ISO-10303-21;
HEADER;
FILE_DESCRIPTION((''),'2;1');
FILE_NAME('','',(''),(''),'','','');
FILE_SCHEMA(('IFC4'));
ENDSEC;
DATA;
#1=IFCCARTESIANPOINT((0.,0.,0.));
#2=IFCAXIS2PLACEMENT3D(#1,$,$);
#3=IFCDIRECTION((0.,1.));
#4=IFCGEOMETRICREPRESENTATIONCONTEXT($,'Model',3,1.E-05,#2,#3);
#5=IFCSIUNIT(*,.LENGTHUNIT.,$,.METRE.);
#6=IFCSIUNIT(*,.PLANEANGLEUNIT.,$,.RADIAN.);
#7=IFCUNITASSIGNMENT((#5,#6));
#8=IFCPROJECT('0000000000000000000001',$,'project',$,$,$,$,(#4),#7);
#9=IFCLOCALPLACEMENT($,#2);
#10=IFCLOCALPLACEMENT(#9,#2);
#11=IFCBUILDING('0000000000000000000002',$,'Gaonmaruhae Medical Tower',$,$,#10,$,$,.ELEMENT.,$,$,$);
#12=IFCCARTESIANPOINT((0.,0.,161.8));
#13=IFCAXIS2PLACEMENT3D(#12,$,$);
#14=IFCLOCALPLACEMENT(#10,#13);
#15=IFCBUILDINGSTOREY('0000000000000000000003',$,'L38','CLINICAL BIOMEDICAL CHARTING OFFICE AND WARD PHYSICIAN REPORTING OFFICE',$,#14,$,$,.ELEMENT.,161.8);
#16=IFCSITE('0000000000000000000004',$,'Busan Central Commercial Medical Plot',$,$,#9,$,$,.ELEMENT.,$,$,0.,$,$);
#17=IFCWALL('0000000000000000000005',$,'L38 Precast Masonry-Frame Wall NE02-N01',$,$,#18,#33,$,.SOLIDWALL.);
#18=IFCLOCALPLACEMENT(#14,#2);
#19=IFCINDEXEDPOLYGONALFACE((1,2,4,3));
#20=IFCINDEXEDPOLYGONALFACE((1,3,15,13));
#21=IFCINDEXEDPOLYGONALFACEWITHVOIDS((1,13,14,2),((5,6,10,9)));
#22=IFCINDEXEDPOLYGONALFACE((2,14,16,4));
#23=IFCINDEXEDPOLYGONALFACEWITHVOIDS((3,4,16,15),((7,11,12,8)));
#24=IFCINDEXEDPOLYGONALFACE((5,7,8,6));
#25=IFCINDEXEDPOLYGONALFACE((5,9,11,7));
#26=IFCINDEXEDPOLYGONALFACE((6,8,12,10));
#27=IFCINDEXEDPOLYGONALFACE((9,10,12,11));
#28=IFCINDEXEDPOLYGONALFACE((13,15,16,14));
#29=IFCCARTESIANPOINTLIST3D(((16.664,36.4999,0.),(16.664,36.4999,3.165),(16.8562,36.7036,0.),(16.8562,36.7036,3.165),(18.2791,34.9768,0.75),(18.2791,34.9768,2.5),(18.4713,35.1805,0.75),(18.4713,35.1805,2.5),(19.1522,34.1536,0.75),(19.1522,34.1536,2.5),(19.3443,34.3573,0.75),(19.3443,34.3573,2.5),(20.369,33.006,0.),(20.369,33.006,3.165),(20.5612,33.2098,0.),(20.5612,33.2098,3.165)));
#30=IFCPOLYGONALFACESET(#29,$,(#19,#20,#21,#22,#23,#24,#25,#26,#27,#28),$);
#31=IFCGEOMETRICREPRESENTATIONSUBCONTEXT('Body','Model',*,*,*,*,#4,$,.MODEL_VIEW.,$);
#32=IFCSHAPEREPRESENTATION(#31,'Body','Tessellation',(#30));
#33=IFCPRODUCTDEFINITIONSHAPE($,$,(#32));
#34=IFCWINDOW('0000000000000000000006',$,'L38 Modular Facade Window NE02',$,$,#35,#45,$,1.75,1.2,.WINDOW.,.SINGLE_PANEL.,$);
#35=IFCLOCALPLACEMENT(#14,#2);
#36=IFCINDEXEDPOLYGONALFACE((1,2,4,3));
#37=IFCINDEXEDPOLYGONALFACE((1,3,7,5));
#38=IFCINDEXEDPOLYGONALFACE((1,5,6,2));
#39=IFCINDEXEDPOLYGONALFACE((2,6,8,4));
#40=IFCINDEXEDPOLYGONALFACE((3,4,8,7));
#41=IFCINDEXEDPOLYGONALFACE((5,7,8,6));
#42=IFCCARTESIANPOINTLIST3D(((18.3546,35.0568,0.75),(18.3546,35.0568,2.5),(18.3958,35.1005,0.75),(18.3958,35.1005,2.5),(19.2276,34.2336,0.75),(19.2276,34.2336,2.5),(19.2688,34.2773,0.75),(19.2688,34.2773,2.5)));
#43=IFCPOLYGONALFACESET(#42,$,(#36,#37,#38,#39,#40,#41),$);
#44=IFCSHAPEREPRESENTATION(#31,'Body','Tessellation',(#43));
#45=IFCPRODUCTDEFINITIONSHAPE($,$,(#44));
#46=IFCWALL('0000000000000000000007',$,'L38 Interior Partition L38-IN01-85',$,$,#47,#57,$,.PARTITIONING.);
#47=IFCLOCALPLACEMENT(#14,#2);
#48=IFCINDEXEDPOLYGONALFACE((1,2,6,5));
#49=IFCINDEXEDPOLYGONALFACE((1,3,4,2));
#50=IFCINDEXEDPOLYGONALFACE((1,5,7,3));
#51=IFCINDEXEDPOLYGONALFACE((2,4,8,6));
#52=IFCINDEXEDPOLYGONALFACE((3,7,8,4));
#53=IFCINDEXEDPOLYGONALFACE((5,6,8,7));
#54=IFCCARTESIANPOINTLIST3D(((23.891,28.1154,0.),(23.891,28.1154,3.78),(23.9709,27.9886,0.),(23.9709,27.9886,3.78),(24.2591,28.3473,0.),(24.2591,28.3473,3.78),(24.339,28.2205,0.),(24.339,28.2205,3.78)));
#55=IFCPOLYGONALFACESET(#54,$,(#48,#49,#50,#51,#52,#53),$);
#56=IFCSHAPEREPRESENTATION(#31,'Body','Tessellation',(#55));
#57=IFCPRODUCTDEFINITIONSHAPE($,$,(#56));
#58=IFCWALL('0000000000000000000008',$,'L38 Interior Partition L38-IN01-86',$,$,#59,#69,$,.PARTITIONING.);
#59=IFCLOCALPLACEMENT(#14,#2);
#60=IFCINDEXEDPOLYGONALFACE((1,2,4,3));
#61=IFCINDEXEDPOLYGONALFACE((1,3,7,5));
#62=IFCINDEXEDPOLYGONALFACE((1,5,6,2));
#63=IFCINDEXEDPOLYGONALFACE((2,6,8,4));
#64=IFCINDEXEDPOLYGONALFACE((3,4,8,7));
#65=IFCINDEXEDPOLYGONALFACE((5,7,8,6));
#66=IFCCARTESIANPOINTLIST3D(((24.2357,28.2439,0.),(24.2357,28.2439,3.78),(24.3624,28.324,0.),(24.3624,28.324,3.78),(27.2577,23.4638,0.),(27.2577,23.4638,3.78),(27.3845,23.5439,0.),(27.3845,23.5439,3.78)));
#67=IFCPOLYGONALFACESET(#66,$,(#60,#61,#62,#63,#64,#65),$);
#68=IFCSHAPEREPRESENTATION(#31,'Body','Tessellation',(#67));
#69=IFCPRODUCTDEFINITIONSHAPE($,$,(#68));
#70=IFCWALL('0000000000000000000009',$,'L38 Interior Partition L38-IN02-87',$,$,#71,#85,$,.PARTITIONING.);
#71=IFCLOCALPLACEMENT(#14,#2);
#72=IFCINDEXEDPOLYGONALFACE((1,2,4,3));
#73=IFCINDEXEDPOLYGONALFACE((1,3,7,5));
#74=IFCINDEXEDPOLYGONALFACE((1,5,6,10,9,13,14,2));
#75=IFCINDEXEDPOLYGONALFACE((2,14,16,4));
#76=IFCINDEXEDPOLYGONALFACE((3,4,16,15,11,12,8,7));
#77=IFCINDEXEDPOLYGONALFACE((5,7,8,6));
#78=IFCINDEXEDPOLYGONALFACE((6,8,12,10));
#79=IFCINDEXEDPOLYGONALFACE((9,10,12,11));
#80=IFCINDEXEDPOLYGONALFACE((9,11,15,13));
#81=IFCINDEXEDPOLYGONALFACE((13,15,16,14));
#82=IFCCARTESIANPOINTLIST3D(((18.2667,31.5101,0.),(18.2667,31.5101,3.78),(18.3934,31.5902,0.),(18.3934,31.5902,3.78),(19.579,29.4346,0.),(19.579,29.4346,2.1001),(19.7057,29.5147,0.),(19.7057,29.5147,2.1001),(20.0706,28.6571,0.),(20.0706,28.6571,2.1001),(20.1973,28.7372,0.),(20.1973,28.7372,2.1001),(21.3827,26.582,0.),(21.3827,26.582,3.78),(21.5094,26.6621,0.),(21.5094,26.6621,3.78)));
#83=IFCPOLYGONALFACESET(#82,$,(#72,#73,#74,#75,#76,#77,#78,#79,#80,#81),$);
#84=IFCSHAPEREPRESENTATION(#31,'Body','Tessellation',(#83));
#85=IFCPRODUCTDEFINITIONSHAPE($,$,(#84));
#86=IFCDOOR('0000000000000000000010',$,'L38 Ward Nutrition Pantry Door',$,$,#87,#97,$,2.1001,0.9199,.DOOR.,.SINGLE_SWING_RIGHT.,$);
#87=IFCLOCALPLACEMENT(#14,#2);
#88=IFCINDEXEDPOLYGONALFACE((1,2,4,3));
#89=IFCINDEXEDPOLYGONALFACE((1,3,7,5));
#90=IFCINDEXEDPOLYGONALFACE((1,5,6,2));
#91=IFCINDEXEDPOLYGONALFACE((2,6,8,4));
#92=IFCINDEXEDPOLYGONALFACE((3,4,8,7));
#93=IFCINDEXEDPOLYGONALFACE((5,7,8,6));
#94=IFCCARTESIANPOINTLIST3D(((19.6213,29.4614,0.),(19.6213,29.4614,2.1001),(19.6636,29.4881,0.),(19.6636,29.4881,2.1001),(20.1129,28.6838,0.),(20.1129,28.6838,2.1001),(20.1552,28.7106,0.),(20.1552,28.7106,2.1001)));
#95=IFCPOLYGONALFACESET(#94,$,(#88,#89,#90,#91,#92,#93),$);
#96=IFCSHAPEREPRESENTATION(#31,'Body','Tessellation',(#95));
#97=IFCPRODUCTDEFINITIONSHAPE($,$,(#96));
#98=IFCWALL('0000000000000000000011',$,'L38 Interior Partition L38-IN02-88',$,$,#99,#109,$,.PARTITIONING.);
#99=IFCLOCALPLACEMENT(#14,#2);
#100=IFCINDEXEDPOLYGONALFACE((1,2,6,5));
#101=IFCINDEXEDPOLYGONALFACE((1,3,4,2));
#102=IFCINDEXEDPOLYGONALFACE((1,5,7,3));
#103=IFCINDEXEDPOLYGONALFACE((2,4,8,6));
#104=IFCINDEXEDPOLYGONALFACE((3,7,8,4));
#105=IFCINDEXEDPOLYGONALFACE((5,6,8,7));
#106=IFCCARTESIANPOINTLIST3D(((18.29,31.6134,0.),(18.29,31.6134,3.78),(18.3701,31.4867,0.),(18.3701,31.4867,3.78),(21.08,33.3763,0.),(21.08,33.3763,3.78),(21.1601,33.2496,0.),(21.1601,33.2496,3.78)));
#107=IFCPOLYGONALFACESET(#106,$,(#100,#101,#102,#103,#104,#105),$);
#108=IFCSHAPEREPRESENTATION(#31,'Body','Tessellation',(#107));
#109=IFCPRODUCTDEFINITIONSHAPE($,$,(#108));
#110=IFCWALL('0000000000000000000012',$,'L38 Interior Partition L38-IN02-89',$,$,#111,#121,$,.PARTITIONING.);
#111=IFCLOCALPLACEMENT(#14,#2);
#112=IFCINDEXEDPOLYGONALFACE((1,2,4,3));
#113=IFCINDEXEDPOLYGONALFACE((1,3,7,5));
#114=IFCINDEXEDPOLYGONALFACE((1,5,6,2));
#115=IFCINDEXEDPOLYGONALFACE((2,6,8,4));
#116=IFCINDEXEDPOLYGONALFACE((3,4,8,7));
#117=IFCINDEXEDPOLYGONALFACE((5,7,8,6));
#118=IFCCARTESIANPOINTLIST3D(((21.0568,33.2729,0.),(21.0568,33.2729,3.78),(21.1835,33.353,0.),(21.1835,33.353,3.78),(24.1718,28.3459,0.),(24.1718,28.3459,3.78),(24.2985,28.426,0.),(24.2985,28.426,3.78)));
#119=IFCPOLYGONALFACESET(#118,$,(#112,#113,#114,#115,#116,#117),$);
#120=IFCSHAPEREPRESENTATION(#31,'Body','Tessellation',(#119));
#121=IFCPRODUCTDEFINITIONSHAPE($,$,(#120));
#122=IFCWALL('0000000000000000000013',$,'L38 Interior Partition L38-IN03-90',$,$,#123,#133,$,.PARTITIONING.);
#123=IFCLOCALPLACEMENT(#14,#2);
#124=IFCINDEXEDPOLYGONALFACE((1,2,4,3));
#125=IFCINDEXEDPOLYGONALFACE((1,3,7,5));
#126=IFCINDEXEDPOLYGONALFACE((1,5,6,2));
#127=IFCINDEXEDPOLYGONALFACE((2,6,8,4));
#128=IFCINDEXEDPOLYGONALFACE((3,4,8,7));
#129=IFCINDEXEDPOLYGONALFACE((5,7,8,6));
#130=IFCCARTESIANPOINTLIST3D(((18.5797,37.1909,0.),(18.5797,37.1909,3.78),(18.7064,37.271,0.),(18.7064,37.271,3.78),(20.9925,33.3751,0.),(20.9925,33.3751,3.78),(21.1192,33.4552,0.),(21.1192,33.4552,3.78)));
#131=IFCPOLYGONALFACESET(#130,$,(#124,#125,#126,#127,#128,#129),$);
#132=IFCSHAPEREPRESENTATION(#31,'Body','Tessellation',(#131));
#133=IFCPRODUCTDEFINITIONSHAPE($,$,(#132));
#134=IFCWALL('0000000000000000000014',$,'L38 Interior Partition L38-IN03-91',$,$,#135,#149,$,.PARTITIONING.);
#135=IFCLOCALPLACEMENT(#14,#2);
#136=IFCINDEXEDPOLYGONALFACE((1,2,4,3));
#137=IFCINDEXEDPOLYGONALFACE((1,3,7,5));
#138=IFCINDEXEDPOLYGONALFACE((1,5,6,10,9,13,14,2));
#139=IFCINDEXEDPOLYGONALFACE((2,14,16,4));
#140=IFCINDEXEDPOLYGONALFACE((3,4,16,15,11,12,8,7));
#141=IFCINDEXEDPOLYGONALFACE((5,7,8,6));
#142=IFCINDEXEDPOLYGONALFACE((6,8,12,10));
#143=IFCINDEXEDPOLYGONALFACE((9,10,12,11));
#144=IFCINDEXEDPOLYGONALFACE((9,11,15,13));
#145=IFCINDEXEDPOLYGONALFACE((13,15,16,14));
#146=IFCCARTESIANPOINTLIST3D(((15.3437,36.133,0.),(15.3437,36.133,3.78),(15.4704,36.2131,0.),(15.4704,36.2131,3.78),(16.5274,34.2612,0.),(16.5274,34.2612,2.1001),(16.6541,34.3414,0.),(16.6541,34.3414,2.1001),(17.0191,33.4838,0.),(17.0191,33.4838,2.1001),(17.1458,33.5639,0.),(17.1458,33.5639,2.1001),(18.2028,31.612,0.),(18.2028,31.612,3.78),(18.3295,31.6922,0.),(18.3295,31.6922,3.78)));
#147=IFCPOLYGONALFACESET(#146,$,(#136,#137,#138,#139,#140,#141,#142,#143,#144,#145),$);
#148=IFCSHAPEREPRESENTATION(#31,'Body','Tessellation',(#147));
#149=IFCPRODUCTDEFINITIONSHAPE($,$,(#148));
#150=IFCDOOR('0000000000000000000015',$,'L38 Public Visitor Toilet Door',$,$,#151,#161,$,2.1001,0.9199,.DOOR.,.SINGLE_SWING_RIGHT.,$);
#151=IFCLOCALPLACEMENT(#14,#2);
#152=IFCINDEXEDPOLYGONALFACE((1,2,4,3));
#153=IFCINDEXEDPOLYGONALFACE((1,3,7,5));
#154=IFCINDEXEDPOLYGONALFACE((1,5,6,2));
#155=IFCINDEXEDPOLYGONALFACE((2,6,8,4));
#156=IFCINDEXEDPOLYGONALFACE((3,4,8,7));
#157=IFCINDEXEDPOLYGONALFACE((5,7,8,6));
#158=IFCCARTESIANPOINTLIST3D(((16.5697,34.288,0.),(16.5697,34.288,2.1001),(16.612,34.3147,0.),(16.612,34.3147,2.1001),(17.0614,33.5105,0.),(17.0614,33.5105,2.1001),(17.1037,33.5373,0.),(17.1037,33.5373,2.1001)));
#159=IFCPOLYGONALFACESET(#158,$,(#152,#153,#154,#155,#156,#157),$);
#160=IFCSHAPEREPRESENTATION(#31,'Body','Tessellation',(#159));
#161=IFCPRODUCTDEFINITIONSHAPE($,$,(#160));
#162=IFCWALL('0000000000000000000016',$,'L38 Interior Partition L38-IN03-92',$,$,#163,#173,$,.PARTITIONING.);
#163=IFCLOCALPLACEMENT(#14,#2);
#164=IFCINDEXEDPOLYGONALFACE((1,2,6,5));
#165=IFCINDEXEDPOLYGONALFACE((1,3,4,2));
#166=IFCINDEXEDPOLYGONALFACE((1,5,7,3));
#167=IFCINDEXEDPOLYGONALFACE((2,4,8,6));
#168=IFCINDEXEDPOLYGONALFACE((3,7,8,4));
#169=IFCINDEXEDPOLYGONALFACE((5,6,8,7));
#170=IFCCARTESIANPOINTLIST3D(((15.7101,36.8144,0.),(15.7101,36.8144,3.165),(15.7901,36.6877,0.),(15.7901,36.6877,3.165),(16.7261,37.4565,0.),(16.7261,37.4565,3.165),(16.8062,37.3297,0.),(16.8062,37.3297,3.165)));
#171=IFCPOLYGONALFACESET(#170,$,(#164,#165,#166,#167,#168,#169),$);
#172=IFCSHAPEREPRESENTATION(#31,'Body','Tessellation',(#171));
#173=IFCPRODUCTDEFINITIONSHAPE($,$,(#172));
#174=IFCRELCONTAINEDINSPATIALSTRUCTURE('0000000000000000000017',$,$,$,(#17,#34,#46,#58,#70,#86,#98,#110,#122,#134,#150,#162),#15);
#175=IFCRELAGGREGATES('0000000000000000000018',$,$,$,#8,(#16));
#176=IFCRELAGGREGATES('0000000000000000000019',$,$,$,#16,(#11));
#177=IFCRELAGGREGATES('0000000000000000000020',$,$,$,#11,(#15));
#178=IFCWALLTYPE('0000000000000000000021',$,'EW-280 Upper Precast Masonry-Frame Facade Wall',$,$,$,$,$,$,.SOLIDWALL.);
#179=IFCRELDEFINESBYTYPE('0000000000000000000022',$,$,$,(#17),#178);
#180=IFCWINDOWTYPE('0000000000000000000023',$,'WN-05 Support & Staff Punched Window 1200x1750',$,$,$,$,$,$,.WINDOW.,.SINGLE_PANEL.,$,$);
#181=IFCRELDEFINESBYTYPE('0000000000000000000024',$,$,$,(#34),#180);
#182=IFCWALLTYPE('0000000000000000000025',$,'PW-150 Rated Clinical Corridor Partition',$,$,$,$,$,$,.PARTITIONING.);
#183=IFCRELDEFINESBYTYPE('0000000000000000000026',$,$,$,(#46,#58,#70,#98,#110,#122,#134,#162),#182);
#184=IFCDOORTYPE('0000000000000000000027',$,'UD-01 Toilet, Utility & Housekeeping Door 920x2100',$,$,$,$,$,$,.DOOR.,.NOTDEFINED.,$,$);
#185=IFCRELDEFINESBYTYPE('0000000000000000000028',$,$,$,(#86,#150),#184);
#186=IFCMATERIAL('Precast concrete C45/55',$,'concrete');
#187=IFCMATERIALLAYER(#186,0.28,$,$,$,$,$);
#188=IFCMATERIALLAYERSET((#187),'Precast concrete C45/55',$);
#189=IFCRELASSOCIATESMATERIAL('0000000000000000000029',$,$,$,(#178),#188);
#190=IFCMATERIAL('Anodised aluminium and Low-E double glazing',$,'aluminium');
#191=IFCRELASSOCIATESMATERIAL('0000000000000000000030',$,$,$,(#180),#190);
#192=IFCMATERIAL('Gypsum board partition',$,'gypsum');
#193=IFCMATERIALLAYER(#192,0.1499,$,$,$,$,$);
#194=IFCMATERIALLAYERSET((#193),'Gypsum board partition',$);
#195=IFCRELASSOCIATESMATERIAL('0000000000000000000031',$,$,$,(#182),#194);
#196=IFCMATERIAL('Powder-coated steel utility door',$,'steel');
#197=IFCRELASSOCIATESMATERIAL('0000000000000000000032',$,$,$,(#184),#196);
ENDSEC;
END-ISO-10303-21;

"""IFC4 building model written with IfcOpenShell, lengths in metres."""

from ifc_helpers import new_model, si_unit, direction, frame, frame_2d, origin, place, context, subcontext, project, spatial, rectangle, extrude, material, layer, layer_set, type_object, element, fill, save


model = new_model("IFC4")

# Units and contexts
model_context = context("Model", 3, precision=1e-05, world=origin(), true_north=direction((0.0, 1.0)))
body_context = subcontext(model_context, "Body", "Model", "MODEL_VIEW")
ifc_project = project(units=[si_unit("LENGTHUNIT", "METRE"), si_unit("PLANEANGLEUNIT", "RADIAN")], contexts=[model_context])

# Site, building, storey
site_placement = place(None, origin())
site = spatial("IfcSite", under=ifc_project, at=site_placement, Name="Busan Central Commercial Medical Plot", CompositionType="ELEMENT", RefElevation=0.0)
building_placement = place(site_placement, origin())
building = spatial("IfcBuilding", under=site, at=building_placement, Name="Gaonmaruhae Medical Tower", CompositionType="ELEMENT")
storey_placement = place(building_placement, frame((0.0, 0.0, 161.8)))
storey = spatial("IfcBuildingStorey", under=building, at=storey_placement, Name="L38", Description="CLINICAL BIOMEDICAL CHARTING OFFICE AND WARD PHYSICIAN REPORTING OFFICE", CompositionType="ELEMENT", Elevation=161.8)

# Wall, opening, window
ifc_material_1 = material(Name="Precast concrete C45/55", Category="concrete")
ifc_layer_1 = layer(ifc_material_1, 0.28)
ifc_layer_set_1 = layer_set([ifc_layer_1], Name="Precast concrete C45/55")
wall_type_1 = type_object("IfcWallType", Name="EW-280 Upper Precast Masonry-Frame Facade Wall", PredefinedType="SOLIDWALL", material=ifc_layer_set_1)
ifc_material_2 = material(Name="Anodised aluminium and Low-E double glazing", Category="aluminium")
wall_1_placement = place(storey_placement, frame((16.76, 36.6018, 0.0), z_axis=(0.0, 0.0, 1.0), x_axis=(0.727537, -0.686069, 0.0)))
wall_1 = element("IfcWall", 1, at=wall_1_placement, inside=storey, type_object=wall_type_1, Name="L38 Precast Masonry-Frame Wall NE02-N01", PredefinedType="SOLIDWALL", context=body_context, shape_type="SweptSolid", body=[
    extrude(rectangle(XDim=5.0925, YDim=0.28, at=frame_2d((2.5464, 0.0))), origin(), (0.0, 0.0, 1.0), 3.165),
])
opening_1_placement = place(wall_1_placement, frame((2.22, 0.0, 0.75)))
opening_1 = element("IfcOpeningElement", 2, at=opening_1_placement, cuts=wall_1, PredefinedType="OPENING", context=body_context, shape_type="SweptSolid", body=[
    extrude(rectangle(XDim=1.2, YDim=1.75, at=frame_2d((0.6001, 0.875))), frame((0.0, 0.1499, 0.0), z_axis=(0.0, -1.0, 0.0), x_axis=(1.0, 0.0, 0.0)), (0.0, 0.0, 1.0), 0.3),
])
window_type_1 = type_object("IfcWindowType", Name="WN-05 Support & Staff Punched Window 1200x1750", PartitioningType="SINGLE_PANEL", PredefinedType="WINDOW", material=ifc_material_2)
window_1_placement = place(opening_1_placement, origin())
window_1 = element("IfcWindow", 3, at=window_1_placement, inside=storey, type_object=window_type_1, Name="L38 Modular Facade Window NE02", OverallHeight=1.75, OverallWidth=1.2, PartitioningType="SINGLE_PANEL", PredefinedType="WINDOW", context=body_context, shape_type="SweptSolid", body=[
    extrude(rectangle(XDim=1.2, YDim=1.75, at=frame_2d((0.6001, 0.875))), frame((0.0, 0.03, 0.0), z_axis=(0.0, -1.0, 0.0), x_axis=(1.0, 0.0, 0.0)), (0.0, 0.0, 1.0), 0.0601),
])
fill(opening_1, window_1)

# Walls
ifc_material_3 = material(Name="Gypsum board partition", Category="gypsum")
ifc_layer_2 = layer(ifc_material_3, 0.1499)
ifc_layer_set_2 = layer_set([ifc_layer_2], Name="Gypsum board partition")
wall_type_2 = type_object("IfcWallType", Name="PW-150 Rated Clinical Corridor Partition", PredefinedType="PARTITIONING", material=ifc_layer_set_2)
wall_2_placement = place(storey_placement, frame((23.9309, 28.052, 0.0), z_axis=(0.0, 0.0, 1.0), x_axis=(0.846102, 0.533022, 0.0)))
element("IfcWall", 4, at=wall_2_placement, inside=storey, type_object=wall_type_2, Name="L38 Interior Partition L38-IN01-85", PredefinedType="PARTITIONING", context=body_context, shape_type="SweptSolid", body=[
    extrude(rectangle(XDim=0.4351, YDim=0.1499, at=frame_2d((0.2175, 0.0))), origin(), (0.0, 0.0, 1.0), 3.78),
])
wall_3_placement = place(storey_placement, frame((24.2991, 28.2839, 0.0), z_axis=(0.0, 0.0, 1.0), x_axis=(0.534373, -0.845249, 0.0)))
element("IfcWall", 5, at=wall_3_placement, inside=storey, type_object=wall_type_2, Name="L38 Interior Partition L38-IN01-86", PredefinedType="PARTITIONING", context=body_context, shape_type="SweptSolid", body=[
    extrude(rectangle(XDim=5.6553, YDim=0.1499, at=frame_2d((2.8276, 0.0))), origin(), (0.0, 0.0, 1.0), 3.78),
])

# Wall, opening, door
wall_4_placement = place(storey_placement, frame((21.446, 26.6221, 0.0), z_axis=(0.0, 0.0, 1.0), x_axis=(-0.534429, 0.845213, 0.0)))
wall_4 = element("IfcWall", 6, at=wall_4_placement, inside=storey, type_object=wall_type_2, Name="L38 Interior Partition L38-IN02-87", PredefinedType="PARTITIONING", context=body_context, shape_type="SweptSolid", body=[
    extrude(rectangle(XDim=5.8306, YDim=0.1499, at=frame_2d((2.9153, 0.0))), origin(), (0.0, 0.0, 1.0), 3.78),
])
opening_2_placement = place(wall_4_placement, frame((2.4551, 0.0, 0.0)))
opening_2 = element("IfcOpeningElement", 7, at=opening_2_placement, cuts=wall_4, PredefinedType="OPENING", context=body_context, shape_type="SweptSolid", body=[
    extrude(rectangle(XDim=0.9199, YDim=2.1001, at=frame_2d((0.46, 1.05))), frame((0.0, 0.085, 0.0), z_axis=(0.0, -1.0, 0.0), x_axis=(1.0, 0.0, 0.0)), (0.0, 0.0, 1.0), 0.1699),
])
ifc_material_4 = material(Name="Powder-coated steel utility door", Category="steel")
door_type = type_object("IfcDoorType", Name="UD-01 Toilet, Utility & Housekeeping Door 920x2100", OperationType="NOTDEFINED", PredefinedType="DOOR", material=ifc_material_4)
door_1_placement = place(opening_2_placement, origin())
door_1 = element("IfcDoor", 8, at=door_1_placement, inside=storey, type_object=door_type, Name="L38 Ward Nutrition Pantry Door", OperationType="SINGLE_SWING_RIGHT", OverallHeight=2.1001, OverallWidth=0.9199, PredefinedType="DOOR", context=body_context, shape_type="SweptSolid", body=[
    extrude(rectangle(XDim=0.9199, YDim=2.1001, at=frame_2d((0.46, 1.05))), frame((0.0, 0.0249, 0.0), z_axis=(0.0, -1.0, 0.0), x_axis=(1.0, 0.0, 0.0)), (0.0, 0.0, 1.0), 0.05),
])
fill(opening_2, door_1)

# Walls
wall_5_placement = place(storey_placement, frame((18.3301, 31.55, 0.0), z_axis=(0.0, 0.0, 1.0), x_axis=(0.845378, 0.534168, 0.0)))
element("IfcWall", 9, at=wall_5_placement, inside=storey, type_object=wall_type_2, Name="L38 Interior Partition L38-IN02-88", PredefinedType="PARTITIONING", context=body_context, shape_type="SweptSolid", body=[
    extrude(rectangle(XDim=3.3003, YDim=0.1499, at=frame_2d((1.6501, 0.0))), origin(), (0.0, 0.0, 1.0), 3.78),
])
wall_6_placement = place(storey_placement, frame((21.1201, 33.313, 0.0), z_axis=(0.0, 0.0, 1.0), x_axis=(0.534385, -0.845241, 0.0)))
element("IfcWall", 10, at=wall_6_placement, inside=storey, type_object=wall_type_2, Name="L38 Interior Partition L38-IN02-89", PredefinedType="PARTITIONING", context=body_context, shape_type="SweptSolid", body=[
    extrude(rectangle(XDim=5.8291, YDim=0.1499, at=frame_2d((2.9146, 0.0))), origin(), (0.0, 0.0, 1.0), 3.78),
])
wall_7_placement = place(storey_placement, frame((18.6431, 37.231, 0.0), z_axis=(0.0, 0.0, 1.0), x_axis=(0.534434, -0.84521, 0.0)))
element("IfcWall", 11, at=wall_7_placement, inside=storey, type_object=wall_type_2, Name="L38 Interior Partition L38-IN03-90", PredefinedType="PARTITIONING", context=body_context, shape_type="SweptSolid", body=[
    extrude(rectangle(XDim=4.5146, YDim=0.1499, at=frame_2d((2.2573, 0.0))), origin(), (0.0, 0.0, 1.0), 3.78),
])

# Wall, opening, door
wall_8_placement = place(storey_placement, frame((18.2661, 31.6521, 0.0), z_axis=(0.0, 0.0, 1.0), x_axis=(-0.534496, 0.845171, 0.0)))
wall_8 = element("IfcWall", 12, at=wall_8_placement, inside=storey, type_object=wall_type_2, Name="L38 Interior Partition L38-IN03-91", PredefinedType="PARTITIONING", context=body_context, shape_type="SweptSolid", body=[
    extrude(rectangle(XDim=5.3491, YDim=0.1499, at=frame_2d((2.6746, 0.0))), origin(), (0.0, 0.0, 1.0), 3.78),
])
opening_3_placement = place(wall_8_placement, frame((2.2146, 0.0, 0.0)))
opening_3 = element("IfcOpeningElement", 13, at=opening_3_placement, cuts=wall_8, PredefinedType="OPENING", context=body_context, shape_type="SweptSolid", body=[
    extrude(rectangle(XDim=0.9199, YDim=2.1001, at=frame_2d((0.46, 1.05))), frame((0.0, 0.085, 0.0), z_axis=(0.0, -1.0, 0.0), x_axis=(1.0, 0.0, 0.0)), (0.0, 0.0, 1.0), 0.1699),
])
door_2_placement = place(opening_3_placement, origin())
door_2 = element("IfcDoor", 14, at=door_2_placement, inside=storey, type_object=door_type, Name="L38 Public Visitor Toilet Door", OperationType="SINGLE_SWING_RIGHT", OverallHeight=2.1001, OverallWidth=0.9199, PredefinedType="DOOR", context=body_context, shape_type="SweptSolid", body=[
    extrude(rectangle(XDim=0.9199, YDim=2.1001, at=frame_2d((0.46, 1.05))), frame((0.0, 0.0249, 0.0), z_axis=(0.0, -1.0, 0.0), x_axis=(1.0, 0.0, 0.0)), (0.0, 0.0, 1.0), 0.05),
])
fill(opening_3, door_2)

# Wall
wall_9_placement = place(storey_placement, frame((15.75, 36.751, 0.0), z_axis=(0.0, 0.0, 1.0), x_axis=(0.845363, 0.534192, 0.0)))
element("IfcWall", 15, at=wall_9_placement, inside=storey, type_object=wall_type_2, Name="L38 Interior Partition L38-IN03-92", PredefinedType="PARTITIONING", context=body_context, shape_type="SweptSolid", body=[
    extrude(rectangle(XDim=1.2019, YDim=0.1499, at=frame_2d((0.6011, 0.0))), origin(), (0.0, 0.0, 1.0), 3.165),
])

save(model, "model.ifc")
